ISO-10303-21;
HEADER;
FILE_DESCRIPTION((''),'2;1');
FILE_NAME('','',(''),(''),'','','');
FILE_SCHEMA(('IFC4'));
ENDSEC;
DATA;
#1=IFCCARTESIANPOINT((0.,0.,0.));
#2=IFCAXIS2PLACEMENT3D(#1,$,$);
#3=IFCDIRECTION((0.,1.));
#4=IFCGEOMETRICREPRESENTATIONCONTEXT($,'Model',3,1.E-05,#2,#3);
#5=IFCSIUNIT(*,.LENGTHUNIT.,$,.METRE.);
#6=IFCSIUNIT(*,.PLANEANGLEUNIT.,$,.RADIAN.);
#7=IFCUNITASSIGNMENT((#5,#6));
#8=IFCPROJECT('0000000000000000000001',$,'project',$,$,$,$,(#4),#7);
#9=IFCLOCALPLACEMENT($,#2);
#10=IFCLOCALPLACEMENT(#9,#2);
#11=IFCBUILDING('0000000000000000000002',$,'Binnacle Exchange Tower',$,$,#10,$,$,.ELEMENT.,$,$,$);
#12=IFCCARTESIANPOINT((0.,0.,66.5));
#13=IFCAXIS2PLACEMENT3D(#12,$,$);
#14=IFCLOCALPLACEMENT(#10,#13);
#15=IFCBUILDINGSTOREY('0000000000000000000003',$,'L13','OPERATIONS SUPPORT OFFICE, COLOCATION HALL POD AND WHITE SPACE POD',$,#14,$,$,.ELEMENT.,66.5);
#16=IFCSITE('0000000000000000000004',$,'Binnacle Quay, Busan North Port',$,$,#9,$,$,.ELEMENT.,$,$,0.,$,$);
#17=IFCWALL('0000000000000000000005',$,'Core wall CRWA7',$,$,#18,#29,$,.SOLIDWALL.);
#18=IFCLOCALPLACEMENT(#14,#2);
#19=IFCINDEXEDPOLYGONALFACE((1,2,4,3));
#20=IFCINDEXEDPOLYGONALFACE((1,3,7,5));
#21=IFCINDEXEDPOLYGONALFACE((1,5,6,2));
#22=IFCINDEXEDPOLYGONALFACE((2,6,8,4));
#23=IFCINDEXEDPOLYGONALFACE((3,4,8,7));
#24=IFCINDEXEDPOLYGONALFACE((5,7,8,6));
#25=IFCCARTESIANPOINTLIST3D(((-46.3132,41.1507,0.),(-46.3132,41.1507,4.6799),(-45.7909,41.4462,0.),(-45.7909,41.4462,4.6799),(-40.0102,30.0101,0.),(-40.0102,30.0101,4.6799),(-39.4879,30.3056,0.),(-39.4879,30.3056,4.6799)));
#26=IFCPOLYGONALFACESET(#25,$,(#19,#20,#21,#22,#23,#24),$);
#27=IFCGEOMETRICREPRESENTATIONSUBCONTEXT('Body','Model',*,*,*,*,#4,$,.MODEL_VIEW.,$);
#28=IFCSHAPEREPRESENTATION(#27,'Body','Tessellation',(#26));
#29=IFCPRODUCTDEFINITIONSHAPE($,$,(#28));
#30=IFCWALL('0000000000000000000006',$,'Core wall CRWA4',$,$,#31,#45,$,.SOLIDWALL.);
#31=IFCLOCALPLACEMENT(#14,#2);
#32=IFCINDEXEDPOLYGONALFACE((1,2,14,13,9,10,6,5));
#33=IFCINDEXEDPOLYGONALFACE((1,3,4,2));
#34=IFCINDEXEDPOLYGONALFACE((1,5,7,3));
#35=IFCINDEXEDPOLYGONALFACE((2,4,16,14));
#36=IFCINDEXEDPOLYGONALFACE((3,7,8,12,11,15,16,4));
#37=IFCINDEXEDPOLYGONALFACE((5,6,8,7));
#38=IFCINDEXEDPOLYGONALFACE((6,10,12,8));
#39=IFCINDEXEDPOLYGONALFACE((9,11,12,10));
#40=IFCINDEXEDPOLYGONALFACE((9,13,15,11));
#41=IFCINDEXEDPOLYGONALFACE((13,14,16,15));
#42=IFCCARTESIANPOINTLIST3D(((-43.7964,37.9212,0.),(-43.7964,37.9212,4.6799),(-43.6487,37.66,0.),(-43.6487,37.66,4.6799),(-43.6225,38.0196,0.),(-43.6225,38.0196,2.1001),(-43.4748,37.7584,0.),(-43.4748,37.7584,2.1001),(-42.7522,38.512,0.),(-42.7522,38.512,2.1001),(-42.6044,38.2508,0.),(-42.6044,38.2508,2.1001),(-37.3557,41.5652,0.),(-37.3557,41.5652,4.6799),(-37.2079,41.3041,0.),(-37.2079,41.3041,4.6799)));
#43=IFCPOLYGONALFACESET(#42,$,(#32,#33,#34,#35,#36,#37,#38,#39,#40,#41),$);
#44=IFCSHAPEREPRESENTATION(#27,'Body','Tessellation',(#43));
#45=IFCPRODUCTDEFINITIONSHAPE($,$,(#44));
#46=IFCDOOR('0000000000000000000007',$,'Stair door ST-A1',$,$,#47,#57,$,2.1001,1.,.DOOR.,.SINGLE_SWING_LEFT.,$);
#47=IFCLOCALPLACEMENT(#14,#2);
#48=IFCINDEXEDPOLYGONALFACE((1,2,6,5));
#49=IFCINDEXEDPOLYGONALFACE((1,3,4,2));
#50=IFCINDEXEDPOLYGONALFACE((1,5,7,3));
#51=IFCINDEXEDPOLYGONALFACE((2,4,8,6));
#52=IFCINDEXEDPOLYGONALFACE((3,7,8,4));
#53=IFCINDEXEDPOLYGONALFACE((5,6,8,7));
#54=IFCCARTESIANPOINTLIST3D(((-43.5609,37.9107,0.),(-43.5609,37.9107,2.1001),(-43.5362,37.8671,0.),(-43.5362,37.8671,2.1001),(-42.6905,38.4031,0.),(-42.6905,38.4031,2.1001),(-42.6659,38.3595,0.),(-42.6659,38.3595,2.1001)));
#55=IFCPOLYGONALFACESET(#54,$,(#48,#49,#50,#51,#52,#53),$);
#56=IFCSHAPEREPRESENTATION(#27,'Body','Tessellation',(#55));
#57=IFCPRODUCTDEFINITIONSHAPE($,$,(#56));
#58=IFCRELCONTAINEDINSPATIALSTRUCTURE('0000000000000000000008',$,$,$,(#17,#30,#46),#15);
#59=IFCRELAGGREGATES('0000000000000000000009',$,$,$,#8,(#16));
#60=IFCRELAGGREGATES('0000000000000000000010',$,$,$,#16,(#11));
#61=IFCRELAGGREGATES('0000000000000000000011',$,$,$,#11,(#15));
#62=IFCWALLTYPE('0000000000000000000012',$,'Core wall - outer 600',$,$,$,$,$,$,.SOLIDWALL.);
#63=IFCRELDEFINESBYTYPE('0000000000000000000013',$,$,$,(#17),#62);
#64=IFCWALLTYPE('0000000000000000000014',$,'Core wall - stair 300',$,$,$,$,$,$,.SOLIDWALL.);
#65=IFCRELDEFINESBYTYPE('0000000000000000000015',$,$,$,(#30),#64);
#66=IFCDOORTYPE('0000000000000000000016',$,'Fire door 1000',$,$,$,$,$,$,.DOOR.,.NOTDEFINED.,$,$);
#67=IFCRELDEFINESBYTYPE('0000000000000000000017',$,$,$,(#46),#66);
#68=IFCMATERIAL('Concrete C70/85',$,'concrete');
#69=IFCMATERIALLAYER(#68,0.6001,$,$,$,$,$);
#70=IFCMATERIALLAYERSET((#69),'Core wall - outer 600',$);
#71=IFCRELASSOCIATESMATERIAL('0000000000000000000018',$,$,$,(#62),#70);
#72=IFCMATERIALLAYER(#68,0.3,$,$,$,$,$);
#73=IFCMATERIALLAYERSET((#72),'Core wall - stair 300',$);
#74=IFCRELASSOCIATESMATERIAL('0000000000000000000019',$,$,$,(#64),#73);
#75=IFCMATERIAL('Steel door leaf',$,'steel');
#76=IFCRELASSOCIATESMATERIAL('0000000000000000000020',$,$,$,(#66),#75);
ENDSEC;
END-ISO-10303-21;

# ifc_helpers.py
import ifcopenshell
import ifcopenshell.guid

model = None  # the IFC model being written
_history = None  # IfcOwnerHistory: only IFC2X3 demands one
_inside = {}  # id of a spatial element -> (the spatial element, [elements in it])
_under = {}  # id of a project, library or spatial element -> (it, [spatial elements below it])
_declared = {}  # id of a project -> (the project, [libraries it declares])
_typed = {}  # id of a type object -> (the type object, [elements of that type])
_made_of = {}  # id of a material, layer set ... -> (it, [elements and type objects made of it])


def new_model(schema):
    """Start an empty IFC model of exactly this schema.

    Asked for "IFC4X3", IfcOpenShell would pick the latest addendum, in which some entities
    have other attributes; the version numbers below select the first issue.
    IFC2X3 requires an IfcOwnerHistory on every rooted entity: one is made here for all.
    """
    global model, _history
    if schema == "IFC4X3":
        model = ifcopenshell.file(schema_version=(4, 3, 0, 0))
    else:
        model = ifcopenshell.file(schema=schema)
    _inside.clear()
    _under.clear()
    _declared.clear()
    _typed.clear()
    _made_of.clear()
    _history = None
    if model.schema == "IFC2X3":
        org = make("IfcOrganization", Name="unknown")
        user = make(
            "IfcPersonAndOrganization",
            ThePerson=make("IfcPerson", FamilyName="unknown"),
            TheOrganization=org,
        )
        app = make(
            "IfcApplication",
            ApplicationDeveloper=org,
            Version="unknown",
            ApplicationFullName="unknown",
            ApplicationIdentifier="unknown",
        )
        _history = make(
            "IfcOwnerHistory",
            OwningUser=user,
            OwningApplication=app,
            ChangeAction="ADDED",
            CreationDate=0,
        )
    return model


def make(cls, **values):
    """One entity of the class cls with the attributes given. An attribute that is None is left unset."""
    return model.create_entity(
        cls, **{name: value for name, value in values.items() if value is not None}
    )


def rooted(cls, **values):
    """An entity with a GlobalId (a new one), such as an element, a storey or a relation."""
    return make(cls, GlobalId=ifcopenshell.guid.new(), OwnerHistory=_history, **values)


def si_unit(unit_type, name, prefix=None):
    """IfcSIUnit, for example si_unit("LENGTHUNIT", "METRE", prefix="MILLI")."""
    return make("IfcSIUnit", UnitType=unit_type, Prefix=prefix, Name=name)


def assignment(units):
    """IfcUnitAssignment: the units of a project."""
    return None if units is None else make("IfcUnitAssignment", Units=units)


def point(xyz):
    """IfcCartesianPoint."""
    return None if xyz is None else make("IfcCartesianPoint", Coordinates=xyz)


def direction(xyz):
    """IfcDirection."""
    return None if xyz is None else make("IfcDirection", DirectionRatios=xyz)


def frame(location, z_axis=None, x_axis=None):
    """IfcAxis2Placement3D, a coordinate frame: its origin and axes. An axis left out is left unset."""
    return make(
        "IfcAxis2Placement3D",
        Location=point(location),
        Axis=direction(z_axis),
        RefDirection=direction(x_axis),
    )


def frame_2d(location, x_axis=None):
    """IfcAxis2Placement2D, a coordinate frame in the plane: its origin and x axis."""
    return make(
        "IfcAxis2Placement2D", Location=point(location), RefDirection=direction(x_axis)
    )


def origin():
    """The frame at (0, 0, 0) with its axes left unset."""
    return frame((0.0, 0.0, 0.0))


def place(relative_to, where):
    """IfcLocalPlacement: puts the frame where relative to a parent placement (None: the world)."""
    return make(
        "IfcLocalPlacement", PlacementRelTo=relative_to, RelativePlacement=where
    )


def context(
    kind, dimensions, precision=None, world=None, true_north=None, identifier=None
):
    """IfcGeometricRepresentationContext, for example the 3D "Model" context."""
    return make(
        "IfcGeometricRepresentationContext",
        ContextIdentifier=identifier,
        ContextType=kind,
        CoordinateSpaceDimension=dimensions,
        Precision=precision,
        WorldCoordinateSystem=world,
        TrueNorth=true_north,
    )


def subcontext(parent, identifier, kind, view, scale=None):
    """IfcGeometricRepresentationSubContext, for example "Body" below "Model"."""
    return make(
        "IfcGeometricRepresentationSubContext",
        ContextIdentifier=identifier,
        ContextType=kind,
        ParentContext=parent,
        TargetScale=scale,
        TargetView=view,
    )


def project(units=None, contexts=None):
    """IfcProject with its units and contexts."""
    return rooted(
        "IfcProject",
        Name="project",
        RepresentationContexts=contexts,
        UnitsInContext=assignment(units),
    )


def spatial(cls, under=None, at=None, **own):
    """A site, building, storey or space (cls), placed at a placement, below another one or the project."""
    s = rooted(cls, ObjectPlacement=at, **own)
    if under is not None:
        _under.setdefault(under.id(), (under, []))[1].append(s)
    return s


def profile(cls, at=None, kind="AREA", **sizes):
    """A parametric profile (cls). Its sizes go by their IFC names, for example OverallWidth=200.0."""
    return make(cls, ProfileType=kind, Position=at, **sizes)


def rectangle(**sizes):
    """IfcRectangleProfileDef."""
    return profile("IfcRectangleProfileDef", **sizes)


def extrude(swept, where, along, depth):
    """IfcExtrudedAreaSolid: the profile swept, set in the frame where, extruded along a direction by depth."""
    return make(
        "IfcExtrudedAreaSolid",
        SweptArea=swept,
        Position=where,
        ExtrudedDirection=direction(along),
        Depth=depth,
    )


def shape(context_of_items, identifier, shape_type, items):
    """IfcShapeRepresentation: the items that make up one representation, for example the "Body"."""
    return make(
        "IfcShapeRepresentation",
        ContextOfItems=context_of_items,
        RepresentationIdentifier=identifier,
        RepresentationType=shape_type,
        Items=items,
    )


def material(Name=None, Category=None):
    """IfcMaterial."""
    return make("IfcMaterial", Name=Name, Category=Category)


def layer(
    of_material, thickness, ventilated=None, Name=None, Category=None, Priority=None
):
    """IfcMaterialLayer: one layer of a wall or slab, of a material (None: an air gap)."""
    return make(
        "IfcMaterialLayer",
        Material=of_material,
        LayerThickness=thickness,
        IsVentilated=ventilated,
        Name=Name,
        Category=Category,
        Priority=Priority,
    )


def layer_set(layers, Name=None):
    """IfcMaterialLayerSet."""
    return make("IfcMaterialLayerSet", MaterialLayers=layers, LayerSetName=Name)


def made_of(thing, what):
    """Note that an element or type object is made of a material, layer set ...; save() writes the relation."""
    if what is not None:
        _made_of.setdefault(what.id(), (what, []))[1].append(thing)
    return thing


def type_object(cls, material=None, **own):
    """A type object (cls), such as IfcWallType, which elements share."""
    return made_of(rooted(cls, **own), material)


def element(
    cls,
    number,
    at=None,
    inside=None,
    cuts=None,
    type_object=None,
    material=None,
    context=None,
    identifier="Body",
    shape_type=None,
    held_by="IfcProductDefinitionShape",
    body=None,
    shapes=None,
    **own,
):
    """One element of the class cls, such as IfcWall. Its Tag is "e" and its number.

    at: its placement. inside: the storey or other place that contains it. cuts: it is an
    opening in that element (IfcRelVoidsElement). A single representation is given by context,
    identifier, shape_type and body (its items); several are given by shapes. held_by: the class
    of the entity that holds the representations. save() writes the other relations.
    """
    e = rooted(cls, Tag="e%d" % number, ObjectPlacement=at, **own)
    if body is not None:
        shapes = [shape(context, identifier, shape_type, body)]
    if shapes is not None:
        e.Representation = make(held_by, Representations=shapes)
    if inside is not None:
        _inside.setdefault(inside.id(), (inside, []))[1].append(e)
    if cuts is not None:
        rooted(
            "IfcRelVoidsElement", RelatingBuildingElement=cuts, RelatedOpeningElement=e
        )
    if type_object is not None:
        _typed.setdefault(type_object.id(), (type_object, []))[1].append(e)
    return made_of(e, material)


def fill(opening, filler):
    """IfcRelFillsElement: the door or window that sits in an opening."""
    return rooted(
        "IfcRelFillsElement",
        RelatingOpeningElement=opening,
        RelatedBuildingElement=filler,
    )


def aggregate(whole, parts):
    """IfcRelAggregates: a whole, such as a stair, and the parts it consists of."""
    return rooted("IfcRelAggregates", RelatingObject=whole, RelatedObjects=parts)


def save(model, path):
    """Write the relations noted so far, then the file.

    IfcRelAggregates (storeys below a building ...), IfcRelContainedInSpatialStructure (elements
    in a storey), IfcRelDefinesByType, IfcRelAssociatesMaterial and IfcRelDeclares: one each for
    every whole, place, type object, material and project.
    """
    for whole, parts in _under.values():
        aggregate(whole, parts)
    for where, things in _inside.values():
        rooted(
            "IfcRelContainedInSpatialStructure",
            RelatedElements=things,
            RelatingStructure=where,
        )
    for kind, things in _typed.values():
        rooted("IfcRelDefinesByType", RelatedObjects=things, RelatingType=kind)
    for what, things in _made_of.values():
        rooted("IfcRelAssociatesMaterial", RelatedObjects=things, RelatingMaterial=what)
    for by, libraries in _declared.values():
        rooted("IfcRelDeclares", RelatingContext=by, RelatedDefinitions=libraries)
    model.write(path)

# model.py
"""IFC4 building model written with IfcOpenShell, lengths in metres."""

from ifc_helpers import new_model, si_unit, direction, frame, frame_2d, origin, place, context, subcontext, project, spatial, rectangle, extrude, material, layer, layer_set, type_object, element, fill, save


model = new_model("IFC4")

# Units and contexts
model_context = context("Model", 3, precision=1e-05, world=origin(), true_north=direction((0.0, 1.0)))
body_context = subcontext(model_context, "Body", "Model", "MODEL_VIEW")
ifc_project = project(units=[si_unit("LENGTHUNIT", "METRE"), si_unit("PLANEANGLEUNIT", "RADIAN")], contexts=[model_context])

# Site, building, storey
site_placement = place(None, origin())
site = spatial("IfcSite", under=ifc_project, at=site_placement, Name="Binnacle Quay, Busan North Port", CompositionType="ELEMENT", RefElevation=0.0)
building_placement = place(site_placement, origin())
building = spatial("IfcBuilding", under=site, at=building_placement, Name="Binnacle Exchange Tower", CompositionType="ELEMENT")
storey_placement = place(building_placement, frame((0.0, 0.0, 66.5)))
storey = spatial("IfcBuildingStorey", under=building, at=storey_placement, Name="L13", Description="OPERATIONS SUPPORT OFFICE, COLOCATION HALL POD AND WHITE SPACE POD", CompositionType="ELEMENT", Elevation=66.5)

# Shared definitions
ifc_material_1 = material(Name="Concrete C70/85", Category="concrete")

# Wall
ifc_layer_1 = layer(ifc_material_1, 0.6001)
ifc_layer_set_1 = layer_set([ifc_layer_1], Name="Core wall - outer 600")
wall_type_1 = type_object("IfcWallType", Name="Core wall - outer 600", PredefinedType="SOLIDWALL", material=ifc_layer_set_1)
wall_1_placement = place(storey_placement, frame((-46.052, 41.2983, 0.0), z_axis=(0.0, 0.0, 1.0), x_axis=(0.492419, -0.870359, 0.0)))
element("IfcWall", 1, at=wall_1_placement, inside=storey, type_object=wall_type_1, Name="Core wall CRWA7", PredefinedType="SOLIDWALL", context=body_context, shape_type="SweptSolid", body=[
    extrude(rectangle(XDim=12.8, YDim=0.6001, at=frame_2d((6.3999, 0.0))), origin(), (0.0, 0.0, 1.0), 4.6799),
])

# Wall, opening, door
ifc_layer_2 = layer(ifc_material_1, 0.3)
ifc_layer_set_2 = layer_set([ifc_layer_2], Name="Core wall - stair 300")
wall_type_2 = type_object("IfcWallType", Name="Core wall - stair 300", PredefinedType="SOLIDWALL", material=ifc_layer_set_2)
wall_2_placement = place(storey_placement, frame((-43.7227, 37.7905, 0.0), z_axis=(0.0, 0.0, 1.0), x_axis=(0.870351, 0.492432, 0.0)))
wall_2 = element("IfcWall", 2, at=wall_2_placement, inside=storey, type_object=wall_type_2, Name="Core wall CRWA4", PredefinedType="SOLIDWALL", context=body_context, shape_type="SweptSolid", body=[
    extrude(rectangle(XDim=7.4001, YDim=0.3, at=frame_2d((3.7002, 0.0))), origin(), (0.0, 0.0, 1.0), 4.6799),
])
opening_1_placement = place(wall_2_placement, frame((0.2, 0.0, 0.0)))
opening_1 = element("IfcOpeningElement", 3, at=opening_1_placement, cuts=wall_2, PredefinedType="OPENING", context=body_context, shape_type="SweptSolid", body=[
    extrude(rectangle(XDim=1.0, YDim=2.1001, at=frame_2d((0.5, 1.05))), frame((0.0, 0.1599, 0.0), z_axis=(0.0, -1.0, 0.0), x_axis=(1.0, 0.0, 0.0)), (0.0, 0.0, 1.0), 0.3201),
])
ifc_material_2 = material(Name="Steel door leaf", Category="steel")
door_type = type_object("IfcDoorType", Name="Fire door 1000", OperationType="NOTDEFINED", PredefinedType="DOOR", material=ifc_material_2)
door_placement = place(opening_1_placement, origin())
door = element("IfcDoor", 4, at=door_placement, inside=storey, type_object=door_type, Name="Stair door ST-A1", OperationType="SINGLE_SWING_LEFT", OverallHeight=2.1001, OverallWidth=1.0, PredefinedType="DOOR", context=body_context, shape_type="SweptSolid", body=[
    extrude(rectangle(XDim=1.0, YDim=2.1001, at=frame_2d((0.5, 1.05))), frame((0.0, 0.0249, 0.0), z_axis=(0.0, -1.0, 0.0), x_axis=(1.0, 0.0, 0.0)), (0.0, 0.0, 1.0), 0.05),
])
fill(opening_1, door)

save(model, "model.ifc")
